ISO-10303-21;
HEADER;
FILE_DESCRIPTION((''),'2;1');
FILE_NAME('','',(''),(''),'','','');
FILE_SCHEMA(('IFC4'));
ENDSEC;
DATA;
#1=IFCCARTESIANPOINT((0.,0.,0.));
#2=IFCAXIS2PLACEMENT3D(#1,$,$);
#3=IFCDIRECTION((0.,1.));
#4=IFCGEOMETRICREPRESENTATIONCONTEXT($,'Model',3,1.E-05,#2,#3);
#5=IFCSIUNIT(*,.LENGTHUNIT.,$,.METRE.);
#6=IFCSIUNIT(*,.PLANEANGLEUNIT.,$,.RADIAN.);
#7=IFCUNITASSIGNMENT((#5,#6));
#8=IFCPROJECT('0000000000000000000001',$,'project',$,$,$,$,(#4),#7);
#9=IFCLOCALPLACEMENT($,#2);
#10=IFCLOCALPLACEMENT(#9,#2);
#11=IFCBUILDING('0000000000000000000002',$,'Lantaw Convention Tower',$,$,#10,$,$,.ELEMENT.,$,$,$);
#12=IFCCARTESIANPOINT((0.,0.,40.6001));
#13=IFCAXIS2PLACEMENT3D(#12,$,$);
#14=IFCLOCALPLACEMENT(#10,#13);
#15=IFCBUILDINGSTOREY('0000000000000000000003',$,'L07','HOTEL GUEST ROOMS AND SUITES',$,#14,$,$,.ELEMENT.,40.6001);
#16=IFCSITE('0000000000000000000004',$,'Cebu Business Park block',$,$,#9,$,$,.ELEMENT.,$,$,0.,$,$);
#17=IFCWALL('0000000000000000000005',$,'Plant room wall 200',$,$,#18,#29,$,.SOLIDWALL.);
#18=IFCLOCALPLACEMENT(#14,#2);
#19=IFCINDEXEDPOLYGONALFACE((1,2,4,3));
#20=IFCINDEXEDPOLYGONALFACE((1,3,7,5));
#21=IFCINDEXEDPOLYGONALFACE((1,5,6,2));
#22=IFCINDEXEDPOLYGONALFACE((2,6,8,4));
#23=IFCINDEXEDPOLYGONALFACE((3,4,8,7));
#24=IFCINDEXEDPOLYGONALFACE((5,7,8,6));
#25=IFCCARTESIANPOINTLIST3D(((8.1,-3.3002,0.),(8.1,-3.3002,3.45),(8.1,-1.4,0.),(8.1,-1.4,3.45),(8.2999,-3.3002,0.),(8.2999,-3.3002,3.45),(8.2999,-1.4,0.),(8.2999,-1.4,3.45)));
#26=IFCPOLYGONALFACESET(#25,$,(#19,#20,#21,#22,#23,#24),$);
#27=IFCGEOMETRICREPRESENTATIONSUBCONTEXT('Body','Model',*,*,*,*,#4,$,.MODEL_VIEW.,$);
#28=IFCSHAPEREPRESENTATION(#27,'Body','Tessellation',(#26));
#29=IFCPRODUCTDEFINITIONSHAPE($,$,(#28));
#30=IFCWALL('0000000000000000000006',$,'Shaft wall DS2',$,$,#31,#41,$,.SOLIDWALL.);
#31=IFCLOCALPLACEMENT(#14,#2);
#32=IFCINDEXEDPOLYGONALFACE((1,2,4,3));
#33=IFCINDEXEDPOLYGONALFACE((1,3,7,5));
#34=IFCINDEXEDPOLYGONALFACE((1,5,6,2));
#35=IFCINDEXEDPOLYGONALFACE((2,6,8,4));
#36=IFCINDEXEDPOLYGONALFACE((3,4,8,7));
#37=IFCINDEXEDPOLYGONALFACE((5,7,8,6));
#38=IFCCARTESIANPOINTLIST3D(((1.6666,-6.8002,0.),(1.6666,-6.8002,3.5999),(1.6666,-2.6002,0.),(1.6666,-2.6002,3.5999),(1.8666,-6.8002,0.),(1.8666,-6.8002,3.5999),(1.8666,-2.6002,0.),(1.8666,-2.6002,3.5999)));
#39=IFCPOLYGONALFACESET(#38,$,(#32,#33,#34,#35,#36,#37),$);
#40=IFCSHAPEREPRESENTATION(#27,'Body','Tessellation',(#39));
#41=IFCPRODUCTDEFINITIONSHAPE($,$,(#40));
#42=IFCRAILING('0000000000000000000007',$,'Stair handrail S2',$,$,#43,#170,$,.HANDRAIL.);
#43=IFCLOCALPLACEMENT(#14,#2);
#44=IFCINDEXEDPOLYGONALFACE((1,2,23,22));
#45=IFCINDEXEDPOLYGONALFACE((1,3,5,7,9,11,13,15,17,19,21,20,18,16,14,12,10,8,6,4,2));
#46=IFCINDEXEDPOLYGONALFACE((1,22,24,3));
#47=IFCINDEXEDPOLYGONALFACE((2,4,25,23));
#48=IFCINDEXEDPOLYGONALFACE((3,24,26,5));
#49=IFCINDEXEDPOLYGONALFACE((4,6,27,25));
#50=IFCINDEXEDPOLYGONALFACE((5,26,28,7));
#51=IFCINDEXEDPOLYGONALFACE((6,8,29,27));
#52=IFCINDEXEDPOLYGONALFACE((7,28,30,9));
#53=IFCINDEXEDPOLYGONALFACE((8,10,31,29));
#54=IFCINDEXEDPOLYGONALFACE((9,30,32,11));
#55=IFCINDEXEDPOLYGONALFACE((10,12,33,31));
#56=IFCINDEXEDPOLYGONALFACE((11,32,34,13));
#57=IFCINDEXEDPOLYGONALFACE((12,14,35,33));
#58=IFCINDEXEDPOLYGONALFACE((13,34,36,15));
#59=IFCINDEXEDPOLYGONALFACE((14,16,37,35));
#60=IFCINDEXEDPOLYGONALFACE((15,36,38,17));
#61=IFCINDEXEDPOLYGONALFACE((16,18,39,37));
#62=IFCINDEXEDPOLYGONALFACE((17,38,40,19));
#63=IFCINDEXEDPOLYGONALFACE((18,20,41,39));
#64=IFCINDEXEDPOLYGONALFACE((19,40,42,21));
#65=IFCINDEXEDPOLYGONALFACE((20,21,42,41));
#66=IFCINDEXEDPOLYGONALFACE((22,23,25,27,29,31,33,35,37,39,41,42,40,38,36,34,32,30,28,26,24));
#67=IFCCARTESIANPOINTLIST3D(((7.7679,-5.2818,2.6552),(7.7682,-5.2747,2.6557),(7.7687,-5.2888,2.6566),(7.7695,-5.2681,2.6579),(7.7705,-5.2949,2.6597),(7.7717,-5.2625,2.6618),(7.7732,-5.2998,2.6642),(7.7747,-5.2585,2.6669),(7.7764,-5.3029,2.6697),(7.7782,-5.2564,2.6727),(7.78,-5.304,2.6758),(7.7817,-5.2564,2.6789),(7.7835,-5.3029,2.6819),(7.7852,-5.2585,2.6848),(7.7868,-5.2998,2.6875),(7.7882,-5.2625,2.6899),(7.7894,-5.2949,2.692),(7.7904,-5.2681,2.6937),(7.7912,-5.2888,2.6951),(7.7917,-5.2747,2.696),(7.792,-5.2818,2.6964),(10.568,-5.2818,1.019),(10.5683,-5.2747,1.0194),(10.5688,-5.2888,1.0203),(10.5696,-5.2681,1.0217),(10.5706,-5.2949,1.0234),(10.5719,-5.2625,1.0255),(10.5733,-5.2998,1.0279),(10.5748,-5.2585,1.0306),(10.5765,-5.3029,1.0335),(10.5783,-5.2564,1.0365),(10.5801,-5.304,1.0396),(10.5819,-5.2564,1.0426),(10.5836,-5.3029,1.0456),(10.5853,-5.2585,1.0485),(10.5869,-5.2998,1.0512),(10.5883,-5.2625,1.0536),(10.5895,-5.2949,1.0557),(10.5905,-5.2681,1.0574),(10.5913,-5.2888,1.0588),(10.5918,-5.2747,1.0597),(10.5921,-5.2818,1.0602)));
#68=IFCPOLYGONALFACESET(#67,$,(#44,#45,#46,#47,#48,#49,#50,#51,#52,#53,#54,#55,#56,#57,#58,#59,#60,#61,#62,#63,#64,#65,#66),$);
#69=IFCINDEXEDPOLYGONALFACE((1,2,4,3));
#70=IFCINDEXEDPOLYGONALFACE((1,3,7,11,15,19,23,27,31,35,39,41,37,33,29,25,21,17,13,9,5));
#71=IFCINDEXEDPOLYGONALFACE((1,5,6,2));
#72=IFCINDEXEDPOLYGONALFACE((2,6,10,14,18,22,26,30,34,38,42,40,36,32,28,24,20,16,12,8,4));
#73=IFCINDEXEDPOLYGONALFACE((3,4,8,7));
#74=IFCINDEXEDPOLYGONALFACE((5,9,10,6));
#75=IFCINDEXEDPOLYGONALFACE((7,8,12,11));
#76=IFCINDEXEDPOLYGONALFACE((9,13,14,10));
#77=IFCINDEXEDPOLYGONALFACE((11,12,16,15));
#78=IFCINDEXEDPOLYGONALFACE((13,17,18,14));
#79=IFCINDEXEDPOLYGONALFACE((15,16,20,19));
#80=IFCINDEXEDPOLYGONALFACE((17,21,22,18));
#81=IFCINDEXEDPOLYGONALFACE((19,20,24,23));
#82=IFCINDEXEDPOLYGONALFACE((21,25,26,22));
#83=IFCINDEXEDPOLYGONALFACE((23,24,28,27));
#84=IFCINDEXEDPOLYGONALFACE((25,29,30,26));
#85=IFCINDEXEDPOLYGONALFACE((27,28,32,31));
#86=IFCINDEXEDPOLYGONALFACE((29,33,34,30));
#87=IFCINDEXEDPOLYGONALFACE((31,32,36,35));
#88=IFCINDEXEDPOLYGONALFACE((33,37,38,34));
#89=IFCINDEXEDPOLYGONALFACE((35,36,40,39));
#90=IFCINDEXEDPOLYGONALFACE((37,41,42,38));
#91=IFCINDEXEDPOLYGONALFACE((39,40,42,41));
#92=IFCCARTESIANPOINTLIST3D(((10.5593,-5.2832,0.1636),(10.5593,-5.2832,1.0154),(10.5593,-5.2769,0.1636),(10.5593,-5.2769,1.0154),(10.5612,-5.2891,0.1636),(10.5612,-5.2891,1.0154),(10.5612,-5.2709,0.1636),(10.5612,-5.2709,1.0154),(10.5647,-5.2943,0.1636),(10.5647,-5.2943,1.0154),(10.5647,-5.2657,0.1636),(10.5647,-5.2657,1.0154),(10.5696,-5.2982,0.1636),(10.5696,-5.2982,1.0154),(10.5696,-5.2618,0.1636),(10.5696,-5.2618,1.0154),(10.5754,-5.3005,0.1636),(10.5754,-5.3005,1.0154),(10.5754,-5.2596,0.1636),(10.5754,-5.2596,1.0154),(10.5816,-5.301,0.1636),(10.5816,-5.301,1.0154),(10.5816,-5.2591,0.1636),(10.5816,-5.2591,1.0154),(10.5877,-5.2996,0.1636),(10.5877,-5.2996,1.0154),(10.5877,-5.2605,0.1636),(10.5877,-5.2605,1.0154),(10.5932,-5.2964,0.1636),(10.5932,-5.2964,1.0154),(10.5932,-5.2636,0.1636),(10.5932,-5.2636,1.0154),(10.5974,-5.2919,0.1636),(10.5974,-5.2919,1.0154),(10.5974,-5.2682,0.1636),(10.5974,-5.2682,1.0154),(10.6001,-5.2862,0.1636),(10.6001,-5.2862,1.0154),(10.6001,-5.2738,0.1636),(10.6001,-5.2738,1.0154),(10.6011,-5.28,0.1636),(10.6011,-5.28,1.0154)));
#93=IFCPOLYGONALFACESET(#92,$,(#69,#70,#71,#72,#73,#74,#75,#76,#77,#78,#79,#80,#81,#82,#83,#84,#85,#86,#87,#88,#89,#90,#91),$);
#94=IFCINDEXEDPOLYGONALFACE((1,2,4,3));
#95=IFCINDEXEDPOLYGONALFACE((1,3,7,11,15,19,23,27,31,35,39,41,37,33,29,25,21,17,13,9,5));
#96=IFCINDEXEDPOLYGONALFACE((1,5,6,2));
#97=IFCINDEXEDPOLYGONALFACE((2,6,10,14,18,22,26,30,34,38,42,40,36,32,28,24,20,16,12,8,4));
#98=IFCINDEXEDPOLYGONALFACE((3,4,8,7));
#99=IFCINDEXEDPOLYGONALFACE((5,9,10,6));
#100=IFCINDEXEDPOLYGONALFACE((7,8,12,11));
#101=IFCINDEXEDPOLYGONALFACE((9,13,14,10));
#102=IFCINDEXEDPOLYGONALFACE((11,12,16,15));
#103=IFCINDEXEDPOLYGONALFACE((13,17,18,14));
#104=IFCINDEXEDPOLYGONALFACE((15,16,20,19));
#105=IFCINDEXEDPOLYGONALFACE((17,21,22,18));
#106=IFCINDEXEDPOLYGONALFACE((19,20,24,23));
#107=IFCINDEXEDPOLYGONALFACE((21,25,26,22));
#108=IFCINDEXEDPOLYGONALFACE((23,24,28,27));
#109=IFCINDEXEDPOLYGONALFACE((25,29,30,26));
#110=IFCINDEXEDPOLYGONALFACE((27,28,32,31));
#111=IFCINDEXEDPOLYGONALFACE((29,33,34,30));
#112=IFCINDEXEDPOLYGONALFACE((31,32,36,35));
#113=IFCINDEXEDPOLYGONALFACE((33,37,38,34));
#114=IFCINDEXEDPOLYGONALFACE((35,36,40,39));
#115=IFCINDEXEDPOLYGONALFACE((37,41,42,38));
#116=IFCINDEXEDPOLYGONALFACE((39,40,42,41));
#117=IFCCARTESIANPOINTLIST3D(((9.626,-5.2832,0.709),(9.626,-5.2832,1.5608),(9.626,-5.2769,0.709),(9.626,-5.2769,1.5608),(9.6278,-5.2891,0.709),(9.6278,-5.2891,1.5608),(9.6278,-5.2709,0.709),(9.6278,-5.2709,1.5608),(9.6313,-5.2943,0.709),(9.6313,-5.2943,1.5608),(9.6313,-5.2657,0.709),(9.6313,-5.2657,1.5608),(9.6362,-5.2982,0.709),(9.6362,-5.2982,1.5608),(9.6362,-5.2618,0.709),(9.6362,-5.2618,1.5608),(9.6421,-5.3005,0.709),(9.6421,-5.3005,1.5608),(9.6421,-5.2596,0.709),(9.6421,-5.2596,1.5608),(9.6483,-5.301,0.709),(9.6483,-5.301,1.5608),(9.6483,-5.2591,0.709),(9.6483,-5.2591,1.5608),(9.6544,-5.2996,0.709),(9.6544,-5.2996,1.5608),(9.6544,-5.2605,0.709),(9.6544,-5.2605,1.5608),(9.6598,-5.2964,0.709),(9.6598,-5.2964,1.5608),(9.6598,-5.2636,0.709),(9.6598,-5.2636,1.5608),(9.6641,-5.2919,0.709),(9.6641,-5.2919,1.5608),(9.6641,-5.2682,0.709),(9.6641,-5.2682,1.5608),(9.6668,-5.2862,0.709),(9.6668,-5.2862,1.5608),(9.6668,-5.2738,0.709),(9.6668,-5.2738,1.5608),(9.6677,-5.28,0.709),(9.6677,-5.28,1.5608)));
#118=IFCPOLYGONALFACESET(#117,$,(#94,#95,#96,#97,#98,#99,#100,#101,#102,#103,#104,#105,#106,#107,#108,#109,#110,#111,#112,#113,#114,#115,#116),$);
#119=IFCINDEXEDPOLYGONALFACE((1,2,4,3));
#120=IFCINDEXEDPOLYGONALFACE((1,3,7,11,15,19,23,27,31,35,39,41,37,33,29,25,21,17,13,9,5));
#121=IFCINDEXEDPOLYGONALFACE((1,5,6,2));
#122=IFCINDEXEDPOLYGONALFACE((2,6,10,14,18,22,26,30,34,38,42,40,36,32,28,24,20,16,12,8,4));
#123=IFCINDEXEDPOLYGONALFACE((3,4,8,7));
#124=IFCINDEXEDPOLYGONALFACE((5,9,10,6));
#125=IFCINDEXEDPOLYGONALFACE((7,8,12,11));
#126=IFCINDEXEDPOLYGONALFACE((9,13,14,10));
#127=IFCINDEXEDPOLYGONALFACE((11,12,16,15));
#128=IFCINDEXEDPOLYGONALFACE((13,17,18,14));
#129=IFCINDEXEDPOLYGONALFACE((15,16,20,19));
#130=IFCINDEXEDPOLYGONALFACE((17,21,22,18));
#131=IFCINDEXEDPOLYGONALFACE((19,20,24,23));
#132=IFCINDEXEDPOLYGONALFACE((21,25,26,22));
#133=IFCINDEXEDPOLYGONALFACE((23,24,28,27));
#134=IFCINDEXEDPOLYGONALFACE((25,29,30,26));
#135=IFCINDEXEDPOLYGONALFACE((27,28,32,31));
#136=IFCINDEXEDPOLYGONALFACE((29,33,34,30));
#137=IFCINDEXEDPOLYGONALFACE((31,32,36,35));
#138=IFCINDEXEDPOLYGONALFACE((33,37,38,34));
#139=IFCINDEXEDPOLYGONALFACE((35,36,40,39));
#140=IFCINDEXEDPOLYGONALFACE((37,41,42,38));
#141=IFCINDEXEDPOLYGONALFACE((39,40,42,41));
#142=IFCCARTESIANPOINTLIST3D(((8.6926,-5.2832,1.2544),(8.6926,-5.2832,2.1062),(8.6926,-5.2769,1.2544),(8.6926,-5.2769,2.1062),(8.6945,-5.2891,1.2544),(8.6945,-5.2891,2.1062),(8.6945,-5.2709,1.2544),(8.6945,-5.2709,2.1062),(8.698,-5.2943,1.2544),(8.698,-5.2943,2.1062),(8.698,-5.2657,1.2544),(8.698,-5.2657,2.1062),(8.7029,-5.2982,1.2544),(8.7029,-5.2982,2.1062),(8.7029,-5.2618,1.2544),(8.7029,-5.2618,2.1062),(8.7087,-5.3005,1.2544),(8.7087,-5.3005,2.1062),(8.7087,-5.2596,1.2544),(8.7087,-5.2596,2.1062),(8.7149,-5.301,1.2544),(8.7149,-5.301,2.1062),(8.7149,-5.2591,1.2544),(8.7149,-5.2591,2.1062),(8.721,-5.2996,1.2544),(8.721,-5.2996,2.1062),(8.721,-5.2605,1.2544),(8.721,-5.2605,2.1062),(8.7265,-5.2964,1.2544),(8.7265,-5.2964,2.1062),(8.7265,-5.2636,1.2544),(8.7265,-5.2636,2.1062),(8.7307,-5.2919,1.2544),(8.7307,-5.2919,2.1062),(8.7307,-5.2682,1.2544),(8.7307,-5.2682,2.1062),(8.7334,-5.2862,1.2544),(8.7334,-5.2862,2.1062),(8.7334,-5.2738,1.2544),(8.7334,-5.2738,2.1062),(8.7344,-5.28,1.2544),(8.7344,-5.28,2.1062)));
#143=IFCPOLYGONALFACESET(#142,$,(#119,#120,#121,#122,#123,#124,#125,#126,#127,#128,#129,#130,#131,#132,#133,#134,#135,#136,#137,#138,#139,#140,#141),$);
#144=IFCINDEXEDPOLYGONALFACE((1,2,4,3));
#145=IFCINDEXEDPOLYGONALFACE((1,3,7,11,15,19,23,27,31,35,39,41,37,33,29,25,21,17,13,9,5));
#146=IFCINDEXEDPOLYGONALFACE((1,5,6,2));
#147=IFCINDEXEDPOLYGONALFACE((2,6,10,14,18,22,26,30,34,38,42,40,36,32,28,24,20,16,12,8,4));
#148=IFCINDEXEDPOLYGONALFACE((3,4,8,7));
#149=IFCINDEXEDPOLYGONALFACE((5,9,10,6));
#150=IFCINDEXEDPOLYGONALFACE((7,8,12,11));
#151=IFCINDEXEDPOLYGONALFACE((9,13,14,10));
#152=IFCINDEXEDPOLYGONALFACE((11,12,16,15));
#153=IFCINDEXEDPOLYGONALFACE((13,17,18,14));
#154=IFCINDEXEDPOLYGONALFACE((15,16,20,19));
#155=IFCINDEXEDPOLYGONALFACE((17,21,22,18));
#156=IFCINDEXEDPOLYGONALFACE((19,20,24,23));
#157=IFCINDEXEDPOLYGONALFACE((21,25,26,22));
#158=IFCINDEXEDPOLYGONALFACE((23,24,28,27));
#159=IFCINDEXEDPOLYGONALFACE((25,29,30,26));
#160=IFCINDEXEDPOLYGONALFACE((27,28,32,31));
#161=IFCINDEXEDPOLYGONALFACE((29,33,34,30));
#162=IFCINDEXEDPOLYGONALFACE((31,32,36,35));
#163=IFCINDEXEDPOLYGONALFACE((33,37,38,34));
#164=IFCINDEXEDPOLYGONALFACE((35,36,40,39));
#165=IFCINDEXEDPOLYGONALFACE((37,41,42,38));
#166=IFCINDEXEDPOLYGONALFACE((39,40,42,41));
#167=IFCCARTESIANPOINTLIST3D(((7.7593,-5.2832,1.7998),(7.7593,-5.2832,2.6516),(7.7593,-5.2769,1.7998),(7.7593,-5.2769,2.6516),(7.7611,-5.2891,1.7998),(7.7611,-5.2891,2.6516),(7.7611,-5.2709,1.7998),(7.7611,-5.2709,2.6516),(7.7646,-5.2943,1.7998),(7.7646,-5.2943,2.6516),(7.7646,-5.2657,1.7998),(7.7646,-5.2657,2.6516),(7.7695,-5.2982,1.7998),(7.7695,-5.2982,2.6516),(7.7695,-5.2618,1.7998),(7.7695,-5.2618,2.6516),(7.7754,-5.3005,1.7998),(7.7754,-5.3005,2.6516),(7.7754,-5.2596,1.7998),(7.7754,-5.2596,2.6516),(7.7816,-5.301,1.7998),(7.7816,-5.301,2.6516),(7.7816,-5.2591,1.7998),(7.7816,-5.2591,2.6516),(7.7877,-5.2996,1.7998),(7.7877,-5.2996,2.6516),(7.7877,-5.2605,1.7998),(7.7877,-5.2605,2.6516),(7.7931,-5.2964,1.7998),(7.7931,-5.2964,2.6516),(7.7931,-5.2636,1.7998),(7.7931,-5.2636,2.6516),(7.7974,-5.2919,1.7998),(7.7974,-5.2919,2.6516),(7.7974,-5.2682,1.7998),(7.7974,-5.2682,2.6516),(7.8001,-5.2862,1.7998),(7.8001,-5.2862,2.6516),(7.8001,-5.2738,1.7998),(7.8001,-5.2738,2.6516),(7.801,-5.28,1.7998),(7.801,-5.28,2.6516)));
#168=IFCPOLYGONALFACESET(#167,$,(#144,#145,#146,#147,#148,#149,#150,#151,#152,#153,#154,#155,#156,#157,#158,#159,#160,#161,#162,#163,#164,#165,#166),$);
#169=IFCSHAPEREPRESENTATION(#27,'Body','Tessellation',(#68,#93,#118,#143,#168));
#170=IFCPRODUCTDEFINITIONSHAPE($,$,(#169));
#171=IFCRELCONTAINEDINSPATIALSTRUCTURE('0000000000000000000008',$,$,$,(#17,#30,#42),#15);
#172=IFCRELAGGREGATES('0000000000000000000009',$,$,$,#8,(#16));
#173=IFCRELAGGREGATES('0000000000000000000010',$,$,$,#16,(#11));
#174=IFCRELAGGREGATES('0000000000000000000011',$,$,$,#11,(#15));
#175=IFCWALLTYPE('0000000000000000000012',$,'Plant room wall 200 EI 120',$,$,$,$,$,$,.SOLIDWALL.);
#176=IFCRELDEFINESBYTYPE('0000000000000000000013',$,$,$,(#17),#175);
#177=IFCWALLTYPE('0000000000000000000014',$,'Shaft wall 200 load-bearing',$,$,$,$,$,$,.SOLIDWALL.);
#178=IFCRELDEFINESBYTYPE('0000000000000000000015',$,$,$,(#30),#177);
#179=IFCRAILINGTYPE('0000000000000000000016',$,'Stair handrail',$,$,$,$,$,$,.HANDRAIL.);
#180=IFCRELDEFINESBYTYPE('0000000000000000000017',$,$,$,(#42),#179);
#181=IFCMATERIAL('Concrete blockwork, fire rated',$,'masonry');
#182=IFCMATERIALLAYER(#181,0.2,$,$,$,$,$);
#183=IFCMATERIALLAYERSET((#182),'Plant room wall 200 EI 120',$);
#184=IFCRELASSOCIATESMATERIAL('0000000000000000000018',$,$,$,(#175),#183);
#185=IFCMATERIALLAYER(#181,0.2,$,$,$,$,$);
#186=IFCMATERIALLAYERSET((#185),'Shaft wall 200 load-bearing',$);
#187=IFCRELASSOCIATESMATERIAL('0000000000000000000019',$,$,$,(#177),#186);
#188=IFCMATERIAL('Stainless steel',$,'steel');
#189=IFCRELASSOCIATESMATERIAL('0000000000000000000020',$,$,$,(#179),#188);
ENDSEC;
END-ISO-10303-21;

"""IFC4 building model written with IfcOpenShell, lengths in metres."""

from ifc_helpers import new_model, si_unit, direction, frame, frame_2d, origin, origin_2d, place, context, subcontext, project, spatial, rectangle, circle, extrude, material, layer, layer_set, type_object, element, save


model = new_model("IFC4")

# Units and contexts
model_context = context("Model", 3, precision=1e-05, world=origin(), true_north=direction((0.0, 1.0)))
body_context = subcontext(model_context, "Body", "Model", "MODEL_VIEW")
ifc_project = project(units=[si_unit("LENGTHUNIT", "METRE"), si_unit("PLANEANGLEUNIT", "RADIAN")], contexts=[model_context])

# Site, building, storey
site_placement = place(None, origin())
site = spatial("IfcSite", under=ifc_project, at=site_placement, Name="Cebu Business Park block", CompositionType="ELEMENT", RefElevation=0.0)
building_placement = place(site_placement, origin())
building = spatial("IfcBuilding", under=site, at=building_placement, Name="Lantaw Convention Tower", CompositionType="ELEMENT")
storey_placement = place(building_placement, frame((0.0, 0.0, 40.6001)))
storey = spatial("IfcBuildingStorey", under=building, at=storey_placement, Name="L07", Description="HOTEL GUEST ROOMS AND SUITES", CompositionType="ELEMENT", Elevation=40.6001)

# Shared definitions
ifc_material_1 = material(Name="Concrete blockwork, fire rated", Category="masonry")
ifc_layer_1 = layer(ifc_material_1, 0.2)
ifc_layer_set_1 = layer_set([ifc_layer_1], Name="Plant room wall 200 EI 120")
wall_type_1 = type_object("IfcWallType", Name="Plant room wall 200 EI 120", PredefinedType="SOLIDWALL", material=ifc_layer_set_1)

# Walls
wall_1_placement = place(storey_placement, frame((8.2, -1.3999, 0.0), z_axis=(0.0, 0.0, 1.0), x_axis=(0.0, -1.0, 0.0)))
element("IfcWall", 1, at=wall_1_placement, inside=storey, type_object=wall_type_1, Name="Plant room wall 200", PredefinedType="SOLIDWALL", context=body_context, shape_type="SweptSolid", body=[
    extrude(rectangle(XDim=1.9001, YDim=0.2, at=frame_2d((0.9502, 0.0))), origin(), (0.0, 0.0, 1.0), 3.45),
])
ifc_layer_2 = layer(ifc_material_1, 0.2)
ifc_layer_set_2 = layer_set([ifc_layer_2], Name="Shaft wall 200 load-bearing")
wall_type_2 = type_object("IfcWallType", Name="Shaft wall 200 load-bearing", PredefinedType="SOLIDWALL", material=ifc_layer_set_2)
wall_2_placement = place(storey_placement, frame((1.7666, -2.6001, 0.0), z_axis=(0.0, 0.0, 1.0), x_axis=(0.0, -1.0, 0.0)))
element("IfcWall", 2, at=wall_2_placement, inside=storey, type_object=wall_type_2, Name="Shaft wall DS2", PredefinedType="SOLIDWALL", context=body_context, shape_type="SweptSolid", body=[
    extrude(rectangle(XDim=4.2, YDim=0.2, at=frame_2d((2.1001, 0.0))), origin(), (0.0, 0.0, 1.0), 3.5999),
])

# Railing
ifc_material_2 = material(Name="Stainless steel", Category="steel")
railing_type = type_object("IfcRailingType", Name="Stair handrail", PredefinedType="HANDRAIL", material=ifc_material_2)
railing_1_placement = place(storey_placement, frame((10.5801, -5.28, 0.1636)))
element("IfcRailing", 3, at=railing_1_placement, inside=storey, type_object=railing_type, Name="Stair handrail S2", PredefinedType="HANDRAIL", context=body_context, shape_type="SweptSolid", body=[
    extrude(circle(Radius=0.0239, at=origin_2d()), frame((0.0, 0.0, 0.876), z_axis=(-0.863394, 0.0, 0.504531), x_axis=(0.0, -1.0, 0.0)), (0.0, 0.0, 1.0), 3.2432),
    extrude(circle(Radius=0.021, at=origin_2d()), origin(), (0.0, 0.0, 1.0), 0.8518),
    extrude(circle(Radius=0.021, at=origin_2d()), frame((-0.9333, 0.0, 0.5454)), (0.0, 0.0, 1.0), 0.8518),
    extrude(circle(Radius=0.021, at=origin_2d()), frame((-1.8667, 0.0, 1.0908)), (0.0, 0.0, 1.0), 0.8518),
    extrude(circle(Radius=0.021, at=origin_2d()), frame((-2.8, 0.0, 1.6362)), (0.0, 0.0, 1.0), 0.8518),
])

save(model, "model.ifc")
